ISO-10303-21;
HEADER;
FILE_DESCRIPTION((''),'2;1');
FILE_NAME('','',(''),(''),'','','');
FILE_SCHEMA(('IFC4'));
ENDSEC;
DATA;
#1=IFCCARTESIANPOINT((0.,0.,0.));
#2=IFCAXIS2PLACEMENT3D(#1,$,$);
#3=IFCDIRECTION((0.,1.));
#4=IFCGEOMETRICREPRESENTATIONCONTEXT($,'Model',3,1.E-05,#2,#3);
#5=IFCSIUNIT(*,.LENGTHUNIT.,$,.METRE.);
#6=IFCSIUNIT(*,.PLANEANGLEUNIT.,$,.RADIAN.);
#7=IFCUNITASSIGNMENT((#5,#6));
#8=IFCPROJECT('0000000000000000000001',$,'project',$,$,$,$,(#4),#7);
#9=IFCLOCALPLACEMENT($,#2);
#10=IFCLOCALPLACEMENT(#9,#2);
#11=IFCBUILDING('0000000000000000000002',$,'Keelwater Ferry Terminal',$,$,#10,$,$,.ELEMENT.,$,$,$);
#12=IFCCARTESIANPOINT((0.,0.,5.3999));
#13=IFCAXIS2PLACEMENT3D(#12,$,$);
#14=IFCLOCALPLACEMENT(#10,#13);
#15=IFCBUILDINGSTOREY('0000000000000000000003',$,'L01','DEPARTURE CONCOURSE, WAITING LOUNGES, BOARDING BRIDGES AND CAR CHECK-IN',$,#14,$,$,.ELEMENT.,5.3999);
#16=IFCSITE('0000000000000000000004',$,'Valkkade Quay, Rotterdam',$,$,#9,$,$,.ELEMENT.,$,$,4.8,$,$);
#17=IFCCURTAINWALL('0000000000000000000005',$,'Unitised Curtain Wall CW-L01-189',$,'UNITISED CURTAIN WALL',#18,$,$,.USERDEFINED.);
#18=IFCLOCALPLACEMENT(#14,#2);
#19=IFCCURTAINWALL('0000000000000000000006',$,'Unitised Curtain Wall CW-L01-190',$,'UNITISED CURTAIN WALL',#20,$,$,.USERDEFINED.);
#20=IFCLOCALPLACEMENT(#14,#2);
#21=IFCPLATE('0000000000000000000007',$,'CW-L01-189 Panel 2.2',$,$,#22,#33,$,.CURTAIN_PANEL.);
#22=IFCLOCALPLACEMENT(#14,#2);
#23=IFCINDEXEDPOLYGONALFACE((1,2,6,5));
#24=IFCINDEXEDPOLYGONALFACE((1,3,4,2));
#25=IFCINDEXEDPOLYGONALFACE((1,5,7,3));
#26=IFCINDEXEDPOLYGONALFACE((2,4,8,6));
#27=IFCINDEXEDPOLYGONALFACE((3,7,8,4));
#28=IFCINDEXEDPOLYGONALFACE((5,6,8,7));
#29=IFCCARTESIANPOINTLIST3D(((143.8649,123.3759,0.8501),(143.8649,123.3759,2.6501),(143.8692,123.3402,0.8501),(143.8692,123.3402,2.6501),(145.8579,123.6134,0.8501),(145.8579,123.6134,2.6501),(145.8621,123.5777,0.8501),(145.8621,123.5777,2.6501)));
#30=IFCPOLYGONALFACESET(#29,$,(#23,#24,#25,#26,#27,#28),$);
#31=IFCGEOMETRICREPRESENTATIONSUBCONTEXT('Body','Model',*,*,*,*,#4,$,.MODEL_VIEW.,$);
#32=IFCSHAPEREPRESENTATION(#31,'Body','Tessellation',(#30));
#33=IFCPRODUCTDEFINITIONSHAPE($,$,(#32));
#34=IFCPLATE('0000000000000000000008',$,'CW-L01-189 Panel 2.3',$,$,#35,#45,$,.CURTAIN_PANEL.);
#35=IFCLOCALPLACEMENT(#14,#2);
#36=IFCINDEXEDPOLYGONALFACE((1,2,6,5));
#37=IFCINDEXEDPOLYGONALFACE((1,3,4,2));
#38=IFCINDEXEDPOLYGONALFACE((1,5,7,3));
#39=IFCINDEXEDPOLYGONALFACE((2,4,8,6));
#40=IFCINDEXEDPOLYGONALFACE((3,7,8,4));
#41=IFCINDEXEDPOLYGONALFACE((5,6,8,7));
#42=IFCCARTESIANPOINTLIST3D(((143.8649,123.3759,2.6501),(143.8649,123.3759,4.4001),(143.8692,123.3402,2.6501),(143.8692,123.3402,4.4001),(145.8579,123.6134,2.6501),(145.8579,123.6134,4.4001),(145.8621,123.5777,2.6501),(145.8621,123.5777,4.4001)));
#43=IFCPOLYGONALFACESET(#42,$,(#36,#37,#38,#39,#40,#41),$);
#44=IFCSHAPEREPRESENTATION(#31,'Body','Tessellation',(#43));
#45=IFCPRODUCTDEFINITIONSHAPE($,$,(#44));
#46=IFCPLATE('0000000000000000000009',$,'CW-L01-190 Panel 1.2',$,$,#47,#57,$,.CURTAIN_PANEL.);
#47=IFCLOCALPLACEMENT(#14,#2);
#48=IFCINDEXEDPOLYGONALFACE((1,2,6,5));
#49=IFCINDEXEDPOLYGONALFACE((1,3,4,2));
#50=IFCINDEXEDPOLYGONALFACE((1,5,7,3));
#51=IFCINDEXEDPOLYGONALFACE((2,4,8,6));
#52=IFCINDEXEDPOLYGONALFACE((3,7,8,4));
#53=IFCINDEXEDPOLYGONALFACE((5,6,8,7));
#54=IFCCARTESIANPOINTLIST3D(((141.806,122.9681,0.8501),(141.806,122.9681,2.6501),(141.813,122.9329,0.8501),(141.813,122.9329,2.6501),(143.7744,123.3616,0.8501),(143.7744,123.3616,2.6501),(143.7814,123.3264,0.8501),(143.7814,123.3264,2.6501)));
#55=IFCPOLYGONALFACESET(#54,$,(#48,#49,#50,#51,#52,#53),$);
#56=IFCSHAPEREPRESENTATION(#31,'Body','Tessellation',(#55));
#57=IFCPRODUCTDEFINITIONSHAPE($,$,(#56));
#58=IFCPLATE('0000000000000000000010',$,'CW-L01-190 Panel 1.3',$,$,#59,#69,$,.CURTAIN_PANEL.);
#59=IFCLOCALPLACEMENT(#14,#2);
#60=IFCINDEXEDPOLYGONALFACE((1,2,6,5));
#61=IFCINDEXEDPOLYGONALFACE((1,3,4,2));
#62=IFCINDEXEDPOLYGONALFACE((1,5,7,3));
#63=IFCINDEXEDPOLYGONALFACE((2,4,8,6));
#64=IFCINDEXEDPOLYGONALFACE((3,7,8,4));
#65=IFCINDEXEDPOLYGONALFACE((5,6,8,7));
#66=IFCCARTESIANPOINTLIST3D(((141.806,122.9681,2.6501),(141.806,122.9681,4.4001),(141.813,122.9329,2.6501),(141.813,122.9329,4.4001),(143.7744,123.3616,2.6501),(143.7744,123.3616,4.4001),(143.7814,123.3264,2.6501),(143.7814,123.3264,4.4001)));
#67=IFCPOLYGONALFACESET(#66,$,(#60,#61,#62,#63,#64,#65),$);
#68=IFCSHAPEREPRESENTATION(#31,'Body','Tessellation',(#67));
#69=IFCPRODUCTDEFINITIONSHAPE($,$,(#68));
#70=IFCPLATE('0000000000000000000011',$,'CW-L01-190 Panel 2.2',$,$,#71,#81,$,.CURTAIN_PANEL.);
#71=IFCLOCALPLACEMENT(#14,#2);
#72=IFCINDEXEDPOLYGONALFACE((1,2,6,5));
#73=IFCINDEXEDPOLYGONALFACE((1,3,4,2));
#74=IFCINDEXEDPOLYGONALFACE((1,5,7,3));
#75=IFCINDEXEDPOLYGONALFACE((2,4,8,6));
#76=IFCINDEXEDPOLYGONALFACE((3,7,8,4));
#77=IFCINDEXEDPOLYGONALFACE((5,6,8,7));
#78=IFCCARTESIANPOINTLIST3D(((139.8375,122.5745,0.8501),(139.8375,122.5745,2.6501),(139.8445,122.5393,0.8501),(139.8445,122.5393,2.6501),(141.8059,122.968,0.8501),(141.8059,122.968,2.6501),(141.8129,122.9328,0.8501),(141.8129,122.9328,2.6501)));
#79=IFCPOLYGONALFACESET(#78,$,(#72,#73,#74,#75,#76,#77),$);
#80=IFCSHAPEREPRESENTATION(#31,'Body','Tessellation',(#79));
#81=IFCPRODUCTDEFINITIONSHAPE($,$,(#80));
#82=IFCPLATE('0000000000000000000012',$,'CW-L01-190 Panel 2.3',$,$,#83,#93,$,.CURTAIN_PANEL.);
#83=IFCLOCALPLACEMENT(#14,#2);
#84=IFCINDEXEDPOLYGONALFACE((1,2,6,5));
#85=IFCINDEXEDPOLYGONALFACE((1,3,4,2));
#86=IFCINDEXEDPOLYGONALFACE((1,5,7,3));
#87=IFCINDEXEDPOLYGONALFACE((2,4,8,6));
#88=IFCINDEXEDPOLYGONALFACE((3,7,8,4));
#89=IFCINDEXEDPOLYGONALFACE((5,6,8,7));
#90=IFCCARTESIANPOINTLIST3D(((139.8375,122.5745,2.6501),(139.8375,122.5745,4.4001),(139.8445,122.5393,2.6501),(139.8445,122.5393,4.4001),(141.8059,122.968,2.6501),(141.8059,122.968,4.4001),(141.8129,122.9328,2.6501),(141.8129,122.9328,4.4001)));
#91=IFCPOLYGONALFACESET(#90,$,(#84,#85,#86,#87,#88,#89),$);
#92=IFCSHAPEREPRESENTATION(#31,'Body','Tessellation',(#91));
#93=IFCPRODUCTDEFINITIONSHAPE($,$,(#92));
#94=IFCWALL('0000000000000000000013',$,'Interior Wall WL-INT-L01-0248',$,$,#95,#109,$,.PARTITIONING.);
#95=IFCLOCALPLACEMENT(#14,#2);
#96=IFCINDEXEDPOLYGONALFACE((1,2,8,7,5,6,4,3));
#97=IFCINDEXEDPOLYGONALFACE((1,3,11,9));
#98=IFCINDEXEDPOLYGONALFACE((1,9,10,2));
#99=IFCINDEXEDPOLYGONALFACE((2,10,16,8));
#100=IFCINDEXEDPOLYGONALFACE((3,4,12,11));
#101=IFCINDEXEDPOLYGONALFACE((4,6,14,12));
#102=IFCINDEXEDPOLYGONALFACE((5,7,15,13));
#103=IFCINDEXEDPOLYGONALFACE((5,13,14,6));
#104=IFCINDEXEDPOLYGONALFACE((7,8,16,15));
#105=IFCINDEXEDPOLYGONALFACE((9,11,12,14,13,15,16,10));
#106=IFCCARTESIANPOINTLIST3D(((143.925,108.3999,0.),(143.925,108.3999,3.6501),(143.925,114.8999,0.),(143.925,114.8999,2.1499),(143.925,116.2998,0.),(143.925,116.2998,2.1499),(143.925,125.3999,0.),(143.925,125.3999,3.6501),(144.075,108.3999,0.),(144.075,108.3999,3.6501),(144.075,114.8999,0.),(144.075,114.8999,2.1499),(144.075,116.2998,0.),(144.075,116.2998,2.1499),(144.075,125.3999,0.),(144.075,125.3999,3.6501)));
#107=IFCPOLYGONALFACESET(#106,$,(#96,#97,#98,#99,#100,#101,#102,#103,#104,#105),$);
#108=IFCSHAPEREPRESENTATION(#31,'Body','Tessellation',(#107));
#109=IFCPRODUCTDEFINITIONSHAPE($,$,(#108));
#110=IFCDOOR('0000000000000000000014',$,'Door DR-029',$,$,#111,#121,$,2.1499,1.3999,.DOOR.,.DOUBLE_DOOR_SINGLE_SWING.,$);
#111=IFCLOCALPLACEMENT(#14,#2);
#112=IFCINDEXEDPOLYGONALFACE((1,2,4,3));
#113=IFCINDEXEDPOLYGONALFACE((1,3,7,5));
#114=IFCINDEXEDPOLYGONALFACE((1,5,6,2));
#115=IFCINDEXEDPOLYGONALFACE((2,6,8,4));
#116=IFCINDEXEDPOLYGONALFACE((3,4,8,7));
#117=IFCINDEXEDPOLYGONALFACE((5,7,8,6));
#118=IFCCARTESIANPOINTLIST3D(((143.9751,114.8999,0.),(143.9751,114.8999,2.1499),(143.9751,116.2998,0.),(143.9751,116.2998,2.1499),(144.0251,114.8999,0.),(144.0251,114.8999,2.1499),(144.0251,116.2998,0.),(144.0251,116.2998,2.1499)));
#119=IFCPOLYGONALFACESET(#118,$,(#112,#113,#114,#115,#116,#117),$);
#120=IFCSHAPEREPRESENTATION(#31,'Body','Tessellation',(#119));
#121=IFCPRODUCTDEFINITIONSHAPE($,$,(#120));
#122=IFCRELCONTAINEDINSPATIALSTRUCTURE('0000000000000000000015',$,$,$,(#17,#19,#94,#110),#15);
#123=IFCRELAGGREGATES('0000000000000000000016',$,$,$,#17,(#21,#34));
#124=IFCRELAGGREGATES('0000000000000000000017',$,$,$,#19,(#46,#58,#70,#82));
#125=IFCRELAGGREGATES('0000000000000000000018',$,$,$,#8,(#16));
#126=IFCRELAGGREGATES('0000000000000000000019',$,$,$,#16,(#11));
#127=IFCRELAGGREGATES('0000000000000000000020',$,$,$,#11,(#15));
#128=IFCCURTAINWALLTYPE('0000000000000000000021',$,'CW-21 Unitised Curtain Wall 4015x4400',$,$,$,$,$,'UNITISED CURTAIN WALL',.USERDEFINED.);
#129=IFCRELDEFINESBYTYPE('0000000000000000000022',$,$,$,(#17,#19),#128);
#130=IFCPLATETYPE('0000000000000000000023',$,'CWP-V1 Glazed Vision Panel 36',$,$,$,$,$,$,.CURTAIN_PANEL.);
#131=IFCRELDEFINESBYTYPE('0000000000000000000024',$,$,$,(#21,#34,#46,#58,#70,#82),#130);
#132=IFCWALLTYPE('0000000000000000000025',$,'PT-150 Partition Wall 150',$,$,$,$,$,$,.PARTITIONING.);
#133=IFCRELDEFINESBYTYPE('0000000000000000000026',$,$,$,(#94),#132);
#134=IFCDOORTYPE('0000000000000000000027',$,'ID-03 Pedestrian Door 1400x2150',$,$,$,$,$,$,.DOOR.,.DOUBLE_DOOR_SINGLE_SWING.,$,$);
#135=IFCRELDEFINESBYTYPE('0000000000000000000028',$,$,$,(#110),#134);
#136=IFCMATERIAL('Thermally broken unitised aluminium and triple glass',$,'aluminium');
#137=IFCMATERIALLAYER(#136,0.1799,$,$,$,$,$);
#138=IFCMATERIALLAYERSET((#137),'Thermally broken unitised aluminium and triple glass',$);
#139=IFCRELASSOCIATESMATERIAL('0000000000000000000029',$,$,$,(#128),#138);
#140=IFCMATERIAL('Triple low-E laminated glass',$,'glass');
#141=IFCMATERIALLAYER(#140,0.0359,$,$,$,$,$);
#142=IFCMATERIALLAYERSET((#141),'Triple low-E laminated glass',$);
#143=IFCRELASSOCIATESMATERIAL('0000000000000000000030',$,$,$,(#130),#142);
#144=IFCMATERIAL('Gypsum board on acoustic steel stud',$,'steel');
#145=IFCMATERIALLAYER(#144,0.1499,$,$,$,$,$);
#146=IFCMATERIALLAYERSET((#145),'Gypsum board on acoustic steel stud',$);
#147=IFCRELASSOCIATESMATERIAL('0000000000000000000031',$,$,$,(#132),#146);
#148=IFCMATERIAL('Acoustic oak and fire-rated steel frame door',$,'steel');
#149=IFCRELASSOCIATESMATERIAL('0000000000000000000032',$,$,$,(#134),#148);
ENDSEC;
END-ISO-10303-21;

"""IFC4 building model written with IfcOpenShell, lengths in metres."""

from ifc_helpers import new_model, si_unit, direction, frame, frame_2d, origin, origin_2d, place, context, subcontext, project, spatial, rectangle, extrude, material, layer, layer_set, type_object, element, fill, aggregate, save


model = new_model("IFC4")

# Units and contexts
model_context = context("Model", 3, precision=1e-05, world=origin(), true_north=direction((0.0, 1.0)))
body_context = subcontext(model_context, "Body", "Model", "MODEL_VIEW")
ifc_project = project(units=[si_unit("LENGTHUNIT", "METRE"), si_unit("PLANEANGLEUNIT", "RADIAN")], contexts=[model_context])

# Site, building, storey
site_placement = place(None, origin())
site = spatial("IfcSite", under=ifc_project, at=site_placement, Name="Valkkade Quay, Rotterdam", CompositionType="ELEMENT", RefElevation=4.8)
building_placement = place(site_placement, origin())
building = spatial("IfcBuilding", under=site, at=building_placement, Name="Keelwater Ferry Terminal", CompositionType="ELEMENT")
storey_placement = place(building_placement, frame((0.0, 0.0, 5.3999)))
storey = spatial("IfcBuildingStorey", under=building, at=storey_placement, Name="L01", Description="DEPARTURE CONCOURSE, WAITING LOUNGES, BOARDING BRIDGES AND CAR CHECK-IN", CompositionType="ELEMENT", Elevation=5.3999)

# Shared definitions
ifc_material_1 = material(Name="Thermally broken unitised aluminium and triple glass", Category="aluminium")
ifc_layer_1 = layer(ifc_material_1, 0.1799)
ifc_layer_set_1 = layer_set([ifc_layer_1], Name="Thermally broken unitised aluminium and triple glass")
curtain_wall_type = type_object("IfcCurtainWallType", Name="CW-21 Unitised Curtain Wall 4015x4400", ElementType="UNITISED CURTAIN WALL", PredefinedType="USERDEFINED", material=ifc_layer_set_1)

# Curtain walls
curtain_wall_1_placement = place(storey_placement, origin())
curtain_wall_1 = element("IfcCurtainWall", 1, at=curtain_wall_1_placement, inside=storey, type_object=curtain_wall_type, Name="Unitised Curtain Wall CW-L01-189", ObjectType="UNITISED CURTAIN WALL", PredefinedType="USERDEFINED")
curtain_wall_2_placement = place(storey_placement, origin())
curtain_wall_2 = element("IfcCurtainWall", 2, at=curtain_wall_2_placement, inside=storey, type_object=curtain_wall_type, Name="Unitised Curtain Wall CW-L01-190", ObjectType="UNITISED CURTAIN WALL", PredefinedType="USERDEFINED")

# Plates
ifc_material_2 = material(Name="Triple low-E laminated glass", Category="glass")
ifc_layer_2 = layer(ifc_material_2, 0.0359)
ifc_layer_set_2 = layer_set([ifc_layer_2], Name="Triple low-E laminated glass")
plate_type_1 = type_object("IfcPlateType", Name="CWP-V1 Glazed Vision Panel 36", PredefinedType="CURTAIN_PANEL", material=ifc_layer_set_2)
plate_1_placement = place(storey_placement, frame((144.8635, 123.4768, 0.8501), z_axis=(0.0, 0.0, 1.0), x_axis=(-0.992974, -0.11833, 0.0)))
plate_1 = element("IfcPlate", 3, at=plate_1_placement, type_object=plate_type_1, Name="CW-L01-189 Panel 2.2", PredefinedType="CURTAIN_PANEL", context=body_context, shape_type="SweptSolid", body=[
    extrude(rectangle(XDim=2.0071, YDim=0.0359, at=origin_2d()), origin(), (0.0, 0.0, 1.0), 1.8),
])
plate_2_placement = place(storey_placement, frame((144.8635, 123.4768, 2.6501), z_axis=(0.0, 0.0, 1.0), x_axis=(-0.992974, -0.11833, 0.0)))
plate_2 = element("IfcPlate", 4, at=plate_2_placement, type_object=plate_type_1, Name="CW-L01-189 Panel 2.3", PredefinedType="CURTAIN_PANEL", context=body_context, shape_type="SweptSolid", body=[
    extrude(rectangle(XDim=2.0071, YDim=0.0359, at=origin_2d()), origin(), (0.0, 0.0, 1.0), 1.75),
])
aggregate(curtain_wall_1, [plate_1, plate_2])
plate_3_placement = place(storey_placement, frame((142.7937, 123.1472, 0.8501), z_axis=(0.0, 0.0, 1.0), x_axis=(-0.9806, -0.19602, 0.0)))
plate_3 = element("IfcPlate", 5, at=plate_3_placement, type_object=plate_type_1, Name="CW-L01-190 Panel 1.2", PredefinedType="CURTAIN_PANEL", context=body_context, shape_type="SweptSolid", body=[
    extrude(rectangle(XDim=2.0073, YDim=0.0359, at=origin_2d()), origin(), (0.0, 0.0, 1.0), 1.8),
])
plate_4_placement = place(storey_placement, frame((142.7937, 123.1472, 2.6501), z_axis=(0.0, 0.0, 1.0), x_axis=(-0.9806, -0.19602, 0.0)))
plate_4 = element("IfcPlate", 6, at=plate_4_placement, type_object=plate_type_1, Name="CW-L01-190 Panel 1.3", PredefinedType="CURTAIN_PANEL", context=body_context, shape_type="SweptSolid", body=[
    extrude(rectangle(XDim=2.0073, YDim=0.0359, at=origin_2d()), origin(), (0.0, 0.0, 1.0), 1.75),
])
plate_5_placement = place(storey_placement, frame((140.8252, 122.7537, 0.8501), z_axis=(0.0, 0.0, 1.0), x_axis=(-0.9806, -0.19602, 0.0)))
plate_5 = element("IfcPlate", 7, at=plate_5_placement, type_object=plate_type_1, Name="CW-L01-190 Panel 2.2", PredefinedType="CURTAIN_PANEL", context=body_context, shape_type="SweptSolid", body=[
    extrude(rectangle(XDim=2.0073, YDim=0.0359, at=origin_2d()), origin(), (0.0, 0.0, 1.0), 1.8),
])
plate_6_placement = place(storey_placement, frame((140.8252, 122.7537, 2.6501), z_axis=(0.0, 0.0, 1.0), x_axis=(-0.9806, -0.19602, 0.0)))
plate_6 = element("IfcPlate", 8, at=plate_6_placement, type_object=plate_type_1, Name="CW-L01-190 Panel 2.3", PredefinedType="CURTAIN_PANEL", context=body_context, shape_type="SweptSolid", body=[
    extrude(rectangle(XDim=2.0073, YDim=0.0359, at=origin_2d()), origin(), (0.0, 0.0, 1.0), 1.75),
])
aggregate(curtain_wall_2, [plate_3, plate_4, plate_5, plate_6])

# Wall, opening, door
ifc_material_3 = material(Name="Gypsum board on acoustic steel stud", Category="steel")
ifc_layer_3 = layer(ifc_material_3, 0.1499)
ifc_layer_set_3 = layer_set([ifc_layer_3], Name="Gypsum board on acoustic steel stud")
wall_type = type_object("IfcWallType", Name="PT-150 Partition Wall 150", PredefinedType="PARTITIONING", material=ifc_layer_set_3)
wall_placement = place(storey_placement, frame((144.0, 108.3999, 0.0), z_axis=(0.0, 0.0, 1.0), x_axis=(0.0, 1.0, 0.0)))
wall = element("IfcWall", 9, at=wall_placement, inside=storey, type_object=wall_type, Name="Interior Wall WL-INT-L01-0248", PredefinedType="PARTITIONING", context=body_context, shape_type="SweptSolid", body=[
    extrude(rectangle(XDim=17.0, YDim=0.1499, at=frame_2d((8.5, 0.0))), origin(), (0.0, 0.0, 1.0), 3.6501),
])
opening_placement = place(wall_placement, frame((6.5, 0.0, 0.0)))
opening = element("IfcOpeningElement", 10, at=opening_placement, cuts=wall, PredefinedType="OPENING", context=body_context, shape_type="SweptSolid", body=[
    extrude(rectangle(XDim=1.3999, YDim=2.1499, at=frame_2d((0.7, 1.075))), frame((0.0, 0.085, 0.0), z_axis=(0.0, -1.0, 0.0), x_axis=(1.0, 0.0, 0.0)), (0.0, 0.0, 1.0), 0.1699),
])
ifc_material_4 = material(Name="Acoustic oak and fire-rated steel frame door", Category="steel")
door_type = type_object("IfcDoorType", Name="ID-03 Pedestrian Door 1400x2150", OperationType="DOUBLE_DOOR_SINGLE_SWING", PredefinedType="DOOR", material=ifc_material_4)
door_placement = place(opening_placement, origin())
door = element("IfcDoor", 11, at=door_placement, inside=storey, type_object=door_type, Name="Door DR-029", OperationType="DOUBLE_DOOR_SINGLE_SWING", OverallHeight=2.1499, OverallWidth=1.3999, PredefinedType="DOOR", context=body_context, shape_type="SweptSolid", body=[
    extrude(rectangle(XDim=1.3999, YDim=2.1499, at=frame_2d((0.7, 1.075))), frame((0.0, 0.0249, 0.0), z_axis=(0.0, -1.0, 0.0), x_axis=(1.0, 0.0, 0.0)), (0.0, 0.0, 1.0), 0.05),
])
fill(opening, door)

save(model, "model.ifc")
